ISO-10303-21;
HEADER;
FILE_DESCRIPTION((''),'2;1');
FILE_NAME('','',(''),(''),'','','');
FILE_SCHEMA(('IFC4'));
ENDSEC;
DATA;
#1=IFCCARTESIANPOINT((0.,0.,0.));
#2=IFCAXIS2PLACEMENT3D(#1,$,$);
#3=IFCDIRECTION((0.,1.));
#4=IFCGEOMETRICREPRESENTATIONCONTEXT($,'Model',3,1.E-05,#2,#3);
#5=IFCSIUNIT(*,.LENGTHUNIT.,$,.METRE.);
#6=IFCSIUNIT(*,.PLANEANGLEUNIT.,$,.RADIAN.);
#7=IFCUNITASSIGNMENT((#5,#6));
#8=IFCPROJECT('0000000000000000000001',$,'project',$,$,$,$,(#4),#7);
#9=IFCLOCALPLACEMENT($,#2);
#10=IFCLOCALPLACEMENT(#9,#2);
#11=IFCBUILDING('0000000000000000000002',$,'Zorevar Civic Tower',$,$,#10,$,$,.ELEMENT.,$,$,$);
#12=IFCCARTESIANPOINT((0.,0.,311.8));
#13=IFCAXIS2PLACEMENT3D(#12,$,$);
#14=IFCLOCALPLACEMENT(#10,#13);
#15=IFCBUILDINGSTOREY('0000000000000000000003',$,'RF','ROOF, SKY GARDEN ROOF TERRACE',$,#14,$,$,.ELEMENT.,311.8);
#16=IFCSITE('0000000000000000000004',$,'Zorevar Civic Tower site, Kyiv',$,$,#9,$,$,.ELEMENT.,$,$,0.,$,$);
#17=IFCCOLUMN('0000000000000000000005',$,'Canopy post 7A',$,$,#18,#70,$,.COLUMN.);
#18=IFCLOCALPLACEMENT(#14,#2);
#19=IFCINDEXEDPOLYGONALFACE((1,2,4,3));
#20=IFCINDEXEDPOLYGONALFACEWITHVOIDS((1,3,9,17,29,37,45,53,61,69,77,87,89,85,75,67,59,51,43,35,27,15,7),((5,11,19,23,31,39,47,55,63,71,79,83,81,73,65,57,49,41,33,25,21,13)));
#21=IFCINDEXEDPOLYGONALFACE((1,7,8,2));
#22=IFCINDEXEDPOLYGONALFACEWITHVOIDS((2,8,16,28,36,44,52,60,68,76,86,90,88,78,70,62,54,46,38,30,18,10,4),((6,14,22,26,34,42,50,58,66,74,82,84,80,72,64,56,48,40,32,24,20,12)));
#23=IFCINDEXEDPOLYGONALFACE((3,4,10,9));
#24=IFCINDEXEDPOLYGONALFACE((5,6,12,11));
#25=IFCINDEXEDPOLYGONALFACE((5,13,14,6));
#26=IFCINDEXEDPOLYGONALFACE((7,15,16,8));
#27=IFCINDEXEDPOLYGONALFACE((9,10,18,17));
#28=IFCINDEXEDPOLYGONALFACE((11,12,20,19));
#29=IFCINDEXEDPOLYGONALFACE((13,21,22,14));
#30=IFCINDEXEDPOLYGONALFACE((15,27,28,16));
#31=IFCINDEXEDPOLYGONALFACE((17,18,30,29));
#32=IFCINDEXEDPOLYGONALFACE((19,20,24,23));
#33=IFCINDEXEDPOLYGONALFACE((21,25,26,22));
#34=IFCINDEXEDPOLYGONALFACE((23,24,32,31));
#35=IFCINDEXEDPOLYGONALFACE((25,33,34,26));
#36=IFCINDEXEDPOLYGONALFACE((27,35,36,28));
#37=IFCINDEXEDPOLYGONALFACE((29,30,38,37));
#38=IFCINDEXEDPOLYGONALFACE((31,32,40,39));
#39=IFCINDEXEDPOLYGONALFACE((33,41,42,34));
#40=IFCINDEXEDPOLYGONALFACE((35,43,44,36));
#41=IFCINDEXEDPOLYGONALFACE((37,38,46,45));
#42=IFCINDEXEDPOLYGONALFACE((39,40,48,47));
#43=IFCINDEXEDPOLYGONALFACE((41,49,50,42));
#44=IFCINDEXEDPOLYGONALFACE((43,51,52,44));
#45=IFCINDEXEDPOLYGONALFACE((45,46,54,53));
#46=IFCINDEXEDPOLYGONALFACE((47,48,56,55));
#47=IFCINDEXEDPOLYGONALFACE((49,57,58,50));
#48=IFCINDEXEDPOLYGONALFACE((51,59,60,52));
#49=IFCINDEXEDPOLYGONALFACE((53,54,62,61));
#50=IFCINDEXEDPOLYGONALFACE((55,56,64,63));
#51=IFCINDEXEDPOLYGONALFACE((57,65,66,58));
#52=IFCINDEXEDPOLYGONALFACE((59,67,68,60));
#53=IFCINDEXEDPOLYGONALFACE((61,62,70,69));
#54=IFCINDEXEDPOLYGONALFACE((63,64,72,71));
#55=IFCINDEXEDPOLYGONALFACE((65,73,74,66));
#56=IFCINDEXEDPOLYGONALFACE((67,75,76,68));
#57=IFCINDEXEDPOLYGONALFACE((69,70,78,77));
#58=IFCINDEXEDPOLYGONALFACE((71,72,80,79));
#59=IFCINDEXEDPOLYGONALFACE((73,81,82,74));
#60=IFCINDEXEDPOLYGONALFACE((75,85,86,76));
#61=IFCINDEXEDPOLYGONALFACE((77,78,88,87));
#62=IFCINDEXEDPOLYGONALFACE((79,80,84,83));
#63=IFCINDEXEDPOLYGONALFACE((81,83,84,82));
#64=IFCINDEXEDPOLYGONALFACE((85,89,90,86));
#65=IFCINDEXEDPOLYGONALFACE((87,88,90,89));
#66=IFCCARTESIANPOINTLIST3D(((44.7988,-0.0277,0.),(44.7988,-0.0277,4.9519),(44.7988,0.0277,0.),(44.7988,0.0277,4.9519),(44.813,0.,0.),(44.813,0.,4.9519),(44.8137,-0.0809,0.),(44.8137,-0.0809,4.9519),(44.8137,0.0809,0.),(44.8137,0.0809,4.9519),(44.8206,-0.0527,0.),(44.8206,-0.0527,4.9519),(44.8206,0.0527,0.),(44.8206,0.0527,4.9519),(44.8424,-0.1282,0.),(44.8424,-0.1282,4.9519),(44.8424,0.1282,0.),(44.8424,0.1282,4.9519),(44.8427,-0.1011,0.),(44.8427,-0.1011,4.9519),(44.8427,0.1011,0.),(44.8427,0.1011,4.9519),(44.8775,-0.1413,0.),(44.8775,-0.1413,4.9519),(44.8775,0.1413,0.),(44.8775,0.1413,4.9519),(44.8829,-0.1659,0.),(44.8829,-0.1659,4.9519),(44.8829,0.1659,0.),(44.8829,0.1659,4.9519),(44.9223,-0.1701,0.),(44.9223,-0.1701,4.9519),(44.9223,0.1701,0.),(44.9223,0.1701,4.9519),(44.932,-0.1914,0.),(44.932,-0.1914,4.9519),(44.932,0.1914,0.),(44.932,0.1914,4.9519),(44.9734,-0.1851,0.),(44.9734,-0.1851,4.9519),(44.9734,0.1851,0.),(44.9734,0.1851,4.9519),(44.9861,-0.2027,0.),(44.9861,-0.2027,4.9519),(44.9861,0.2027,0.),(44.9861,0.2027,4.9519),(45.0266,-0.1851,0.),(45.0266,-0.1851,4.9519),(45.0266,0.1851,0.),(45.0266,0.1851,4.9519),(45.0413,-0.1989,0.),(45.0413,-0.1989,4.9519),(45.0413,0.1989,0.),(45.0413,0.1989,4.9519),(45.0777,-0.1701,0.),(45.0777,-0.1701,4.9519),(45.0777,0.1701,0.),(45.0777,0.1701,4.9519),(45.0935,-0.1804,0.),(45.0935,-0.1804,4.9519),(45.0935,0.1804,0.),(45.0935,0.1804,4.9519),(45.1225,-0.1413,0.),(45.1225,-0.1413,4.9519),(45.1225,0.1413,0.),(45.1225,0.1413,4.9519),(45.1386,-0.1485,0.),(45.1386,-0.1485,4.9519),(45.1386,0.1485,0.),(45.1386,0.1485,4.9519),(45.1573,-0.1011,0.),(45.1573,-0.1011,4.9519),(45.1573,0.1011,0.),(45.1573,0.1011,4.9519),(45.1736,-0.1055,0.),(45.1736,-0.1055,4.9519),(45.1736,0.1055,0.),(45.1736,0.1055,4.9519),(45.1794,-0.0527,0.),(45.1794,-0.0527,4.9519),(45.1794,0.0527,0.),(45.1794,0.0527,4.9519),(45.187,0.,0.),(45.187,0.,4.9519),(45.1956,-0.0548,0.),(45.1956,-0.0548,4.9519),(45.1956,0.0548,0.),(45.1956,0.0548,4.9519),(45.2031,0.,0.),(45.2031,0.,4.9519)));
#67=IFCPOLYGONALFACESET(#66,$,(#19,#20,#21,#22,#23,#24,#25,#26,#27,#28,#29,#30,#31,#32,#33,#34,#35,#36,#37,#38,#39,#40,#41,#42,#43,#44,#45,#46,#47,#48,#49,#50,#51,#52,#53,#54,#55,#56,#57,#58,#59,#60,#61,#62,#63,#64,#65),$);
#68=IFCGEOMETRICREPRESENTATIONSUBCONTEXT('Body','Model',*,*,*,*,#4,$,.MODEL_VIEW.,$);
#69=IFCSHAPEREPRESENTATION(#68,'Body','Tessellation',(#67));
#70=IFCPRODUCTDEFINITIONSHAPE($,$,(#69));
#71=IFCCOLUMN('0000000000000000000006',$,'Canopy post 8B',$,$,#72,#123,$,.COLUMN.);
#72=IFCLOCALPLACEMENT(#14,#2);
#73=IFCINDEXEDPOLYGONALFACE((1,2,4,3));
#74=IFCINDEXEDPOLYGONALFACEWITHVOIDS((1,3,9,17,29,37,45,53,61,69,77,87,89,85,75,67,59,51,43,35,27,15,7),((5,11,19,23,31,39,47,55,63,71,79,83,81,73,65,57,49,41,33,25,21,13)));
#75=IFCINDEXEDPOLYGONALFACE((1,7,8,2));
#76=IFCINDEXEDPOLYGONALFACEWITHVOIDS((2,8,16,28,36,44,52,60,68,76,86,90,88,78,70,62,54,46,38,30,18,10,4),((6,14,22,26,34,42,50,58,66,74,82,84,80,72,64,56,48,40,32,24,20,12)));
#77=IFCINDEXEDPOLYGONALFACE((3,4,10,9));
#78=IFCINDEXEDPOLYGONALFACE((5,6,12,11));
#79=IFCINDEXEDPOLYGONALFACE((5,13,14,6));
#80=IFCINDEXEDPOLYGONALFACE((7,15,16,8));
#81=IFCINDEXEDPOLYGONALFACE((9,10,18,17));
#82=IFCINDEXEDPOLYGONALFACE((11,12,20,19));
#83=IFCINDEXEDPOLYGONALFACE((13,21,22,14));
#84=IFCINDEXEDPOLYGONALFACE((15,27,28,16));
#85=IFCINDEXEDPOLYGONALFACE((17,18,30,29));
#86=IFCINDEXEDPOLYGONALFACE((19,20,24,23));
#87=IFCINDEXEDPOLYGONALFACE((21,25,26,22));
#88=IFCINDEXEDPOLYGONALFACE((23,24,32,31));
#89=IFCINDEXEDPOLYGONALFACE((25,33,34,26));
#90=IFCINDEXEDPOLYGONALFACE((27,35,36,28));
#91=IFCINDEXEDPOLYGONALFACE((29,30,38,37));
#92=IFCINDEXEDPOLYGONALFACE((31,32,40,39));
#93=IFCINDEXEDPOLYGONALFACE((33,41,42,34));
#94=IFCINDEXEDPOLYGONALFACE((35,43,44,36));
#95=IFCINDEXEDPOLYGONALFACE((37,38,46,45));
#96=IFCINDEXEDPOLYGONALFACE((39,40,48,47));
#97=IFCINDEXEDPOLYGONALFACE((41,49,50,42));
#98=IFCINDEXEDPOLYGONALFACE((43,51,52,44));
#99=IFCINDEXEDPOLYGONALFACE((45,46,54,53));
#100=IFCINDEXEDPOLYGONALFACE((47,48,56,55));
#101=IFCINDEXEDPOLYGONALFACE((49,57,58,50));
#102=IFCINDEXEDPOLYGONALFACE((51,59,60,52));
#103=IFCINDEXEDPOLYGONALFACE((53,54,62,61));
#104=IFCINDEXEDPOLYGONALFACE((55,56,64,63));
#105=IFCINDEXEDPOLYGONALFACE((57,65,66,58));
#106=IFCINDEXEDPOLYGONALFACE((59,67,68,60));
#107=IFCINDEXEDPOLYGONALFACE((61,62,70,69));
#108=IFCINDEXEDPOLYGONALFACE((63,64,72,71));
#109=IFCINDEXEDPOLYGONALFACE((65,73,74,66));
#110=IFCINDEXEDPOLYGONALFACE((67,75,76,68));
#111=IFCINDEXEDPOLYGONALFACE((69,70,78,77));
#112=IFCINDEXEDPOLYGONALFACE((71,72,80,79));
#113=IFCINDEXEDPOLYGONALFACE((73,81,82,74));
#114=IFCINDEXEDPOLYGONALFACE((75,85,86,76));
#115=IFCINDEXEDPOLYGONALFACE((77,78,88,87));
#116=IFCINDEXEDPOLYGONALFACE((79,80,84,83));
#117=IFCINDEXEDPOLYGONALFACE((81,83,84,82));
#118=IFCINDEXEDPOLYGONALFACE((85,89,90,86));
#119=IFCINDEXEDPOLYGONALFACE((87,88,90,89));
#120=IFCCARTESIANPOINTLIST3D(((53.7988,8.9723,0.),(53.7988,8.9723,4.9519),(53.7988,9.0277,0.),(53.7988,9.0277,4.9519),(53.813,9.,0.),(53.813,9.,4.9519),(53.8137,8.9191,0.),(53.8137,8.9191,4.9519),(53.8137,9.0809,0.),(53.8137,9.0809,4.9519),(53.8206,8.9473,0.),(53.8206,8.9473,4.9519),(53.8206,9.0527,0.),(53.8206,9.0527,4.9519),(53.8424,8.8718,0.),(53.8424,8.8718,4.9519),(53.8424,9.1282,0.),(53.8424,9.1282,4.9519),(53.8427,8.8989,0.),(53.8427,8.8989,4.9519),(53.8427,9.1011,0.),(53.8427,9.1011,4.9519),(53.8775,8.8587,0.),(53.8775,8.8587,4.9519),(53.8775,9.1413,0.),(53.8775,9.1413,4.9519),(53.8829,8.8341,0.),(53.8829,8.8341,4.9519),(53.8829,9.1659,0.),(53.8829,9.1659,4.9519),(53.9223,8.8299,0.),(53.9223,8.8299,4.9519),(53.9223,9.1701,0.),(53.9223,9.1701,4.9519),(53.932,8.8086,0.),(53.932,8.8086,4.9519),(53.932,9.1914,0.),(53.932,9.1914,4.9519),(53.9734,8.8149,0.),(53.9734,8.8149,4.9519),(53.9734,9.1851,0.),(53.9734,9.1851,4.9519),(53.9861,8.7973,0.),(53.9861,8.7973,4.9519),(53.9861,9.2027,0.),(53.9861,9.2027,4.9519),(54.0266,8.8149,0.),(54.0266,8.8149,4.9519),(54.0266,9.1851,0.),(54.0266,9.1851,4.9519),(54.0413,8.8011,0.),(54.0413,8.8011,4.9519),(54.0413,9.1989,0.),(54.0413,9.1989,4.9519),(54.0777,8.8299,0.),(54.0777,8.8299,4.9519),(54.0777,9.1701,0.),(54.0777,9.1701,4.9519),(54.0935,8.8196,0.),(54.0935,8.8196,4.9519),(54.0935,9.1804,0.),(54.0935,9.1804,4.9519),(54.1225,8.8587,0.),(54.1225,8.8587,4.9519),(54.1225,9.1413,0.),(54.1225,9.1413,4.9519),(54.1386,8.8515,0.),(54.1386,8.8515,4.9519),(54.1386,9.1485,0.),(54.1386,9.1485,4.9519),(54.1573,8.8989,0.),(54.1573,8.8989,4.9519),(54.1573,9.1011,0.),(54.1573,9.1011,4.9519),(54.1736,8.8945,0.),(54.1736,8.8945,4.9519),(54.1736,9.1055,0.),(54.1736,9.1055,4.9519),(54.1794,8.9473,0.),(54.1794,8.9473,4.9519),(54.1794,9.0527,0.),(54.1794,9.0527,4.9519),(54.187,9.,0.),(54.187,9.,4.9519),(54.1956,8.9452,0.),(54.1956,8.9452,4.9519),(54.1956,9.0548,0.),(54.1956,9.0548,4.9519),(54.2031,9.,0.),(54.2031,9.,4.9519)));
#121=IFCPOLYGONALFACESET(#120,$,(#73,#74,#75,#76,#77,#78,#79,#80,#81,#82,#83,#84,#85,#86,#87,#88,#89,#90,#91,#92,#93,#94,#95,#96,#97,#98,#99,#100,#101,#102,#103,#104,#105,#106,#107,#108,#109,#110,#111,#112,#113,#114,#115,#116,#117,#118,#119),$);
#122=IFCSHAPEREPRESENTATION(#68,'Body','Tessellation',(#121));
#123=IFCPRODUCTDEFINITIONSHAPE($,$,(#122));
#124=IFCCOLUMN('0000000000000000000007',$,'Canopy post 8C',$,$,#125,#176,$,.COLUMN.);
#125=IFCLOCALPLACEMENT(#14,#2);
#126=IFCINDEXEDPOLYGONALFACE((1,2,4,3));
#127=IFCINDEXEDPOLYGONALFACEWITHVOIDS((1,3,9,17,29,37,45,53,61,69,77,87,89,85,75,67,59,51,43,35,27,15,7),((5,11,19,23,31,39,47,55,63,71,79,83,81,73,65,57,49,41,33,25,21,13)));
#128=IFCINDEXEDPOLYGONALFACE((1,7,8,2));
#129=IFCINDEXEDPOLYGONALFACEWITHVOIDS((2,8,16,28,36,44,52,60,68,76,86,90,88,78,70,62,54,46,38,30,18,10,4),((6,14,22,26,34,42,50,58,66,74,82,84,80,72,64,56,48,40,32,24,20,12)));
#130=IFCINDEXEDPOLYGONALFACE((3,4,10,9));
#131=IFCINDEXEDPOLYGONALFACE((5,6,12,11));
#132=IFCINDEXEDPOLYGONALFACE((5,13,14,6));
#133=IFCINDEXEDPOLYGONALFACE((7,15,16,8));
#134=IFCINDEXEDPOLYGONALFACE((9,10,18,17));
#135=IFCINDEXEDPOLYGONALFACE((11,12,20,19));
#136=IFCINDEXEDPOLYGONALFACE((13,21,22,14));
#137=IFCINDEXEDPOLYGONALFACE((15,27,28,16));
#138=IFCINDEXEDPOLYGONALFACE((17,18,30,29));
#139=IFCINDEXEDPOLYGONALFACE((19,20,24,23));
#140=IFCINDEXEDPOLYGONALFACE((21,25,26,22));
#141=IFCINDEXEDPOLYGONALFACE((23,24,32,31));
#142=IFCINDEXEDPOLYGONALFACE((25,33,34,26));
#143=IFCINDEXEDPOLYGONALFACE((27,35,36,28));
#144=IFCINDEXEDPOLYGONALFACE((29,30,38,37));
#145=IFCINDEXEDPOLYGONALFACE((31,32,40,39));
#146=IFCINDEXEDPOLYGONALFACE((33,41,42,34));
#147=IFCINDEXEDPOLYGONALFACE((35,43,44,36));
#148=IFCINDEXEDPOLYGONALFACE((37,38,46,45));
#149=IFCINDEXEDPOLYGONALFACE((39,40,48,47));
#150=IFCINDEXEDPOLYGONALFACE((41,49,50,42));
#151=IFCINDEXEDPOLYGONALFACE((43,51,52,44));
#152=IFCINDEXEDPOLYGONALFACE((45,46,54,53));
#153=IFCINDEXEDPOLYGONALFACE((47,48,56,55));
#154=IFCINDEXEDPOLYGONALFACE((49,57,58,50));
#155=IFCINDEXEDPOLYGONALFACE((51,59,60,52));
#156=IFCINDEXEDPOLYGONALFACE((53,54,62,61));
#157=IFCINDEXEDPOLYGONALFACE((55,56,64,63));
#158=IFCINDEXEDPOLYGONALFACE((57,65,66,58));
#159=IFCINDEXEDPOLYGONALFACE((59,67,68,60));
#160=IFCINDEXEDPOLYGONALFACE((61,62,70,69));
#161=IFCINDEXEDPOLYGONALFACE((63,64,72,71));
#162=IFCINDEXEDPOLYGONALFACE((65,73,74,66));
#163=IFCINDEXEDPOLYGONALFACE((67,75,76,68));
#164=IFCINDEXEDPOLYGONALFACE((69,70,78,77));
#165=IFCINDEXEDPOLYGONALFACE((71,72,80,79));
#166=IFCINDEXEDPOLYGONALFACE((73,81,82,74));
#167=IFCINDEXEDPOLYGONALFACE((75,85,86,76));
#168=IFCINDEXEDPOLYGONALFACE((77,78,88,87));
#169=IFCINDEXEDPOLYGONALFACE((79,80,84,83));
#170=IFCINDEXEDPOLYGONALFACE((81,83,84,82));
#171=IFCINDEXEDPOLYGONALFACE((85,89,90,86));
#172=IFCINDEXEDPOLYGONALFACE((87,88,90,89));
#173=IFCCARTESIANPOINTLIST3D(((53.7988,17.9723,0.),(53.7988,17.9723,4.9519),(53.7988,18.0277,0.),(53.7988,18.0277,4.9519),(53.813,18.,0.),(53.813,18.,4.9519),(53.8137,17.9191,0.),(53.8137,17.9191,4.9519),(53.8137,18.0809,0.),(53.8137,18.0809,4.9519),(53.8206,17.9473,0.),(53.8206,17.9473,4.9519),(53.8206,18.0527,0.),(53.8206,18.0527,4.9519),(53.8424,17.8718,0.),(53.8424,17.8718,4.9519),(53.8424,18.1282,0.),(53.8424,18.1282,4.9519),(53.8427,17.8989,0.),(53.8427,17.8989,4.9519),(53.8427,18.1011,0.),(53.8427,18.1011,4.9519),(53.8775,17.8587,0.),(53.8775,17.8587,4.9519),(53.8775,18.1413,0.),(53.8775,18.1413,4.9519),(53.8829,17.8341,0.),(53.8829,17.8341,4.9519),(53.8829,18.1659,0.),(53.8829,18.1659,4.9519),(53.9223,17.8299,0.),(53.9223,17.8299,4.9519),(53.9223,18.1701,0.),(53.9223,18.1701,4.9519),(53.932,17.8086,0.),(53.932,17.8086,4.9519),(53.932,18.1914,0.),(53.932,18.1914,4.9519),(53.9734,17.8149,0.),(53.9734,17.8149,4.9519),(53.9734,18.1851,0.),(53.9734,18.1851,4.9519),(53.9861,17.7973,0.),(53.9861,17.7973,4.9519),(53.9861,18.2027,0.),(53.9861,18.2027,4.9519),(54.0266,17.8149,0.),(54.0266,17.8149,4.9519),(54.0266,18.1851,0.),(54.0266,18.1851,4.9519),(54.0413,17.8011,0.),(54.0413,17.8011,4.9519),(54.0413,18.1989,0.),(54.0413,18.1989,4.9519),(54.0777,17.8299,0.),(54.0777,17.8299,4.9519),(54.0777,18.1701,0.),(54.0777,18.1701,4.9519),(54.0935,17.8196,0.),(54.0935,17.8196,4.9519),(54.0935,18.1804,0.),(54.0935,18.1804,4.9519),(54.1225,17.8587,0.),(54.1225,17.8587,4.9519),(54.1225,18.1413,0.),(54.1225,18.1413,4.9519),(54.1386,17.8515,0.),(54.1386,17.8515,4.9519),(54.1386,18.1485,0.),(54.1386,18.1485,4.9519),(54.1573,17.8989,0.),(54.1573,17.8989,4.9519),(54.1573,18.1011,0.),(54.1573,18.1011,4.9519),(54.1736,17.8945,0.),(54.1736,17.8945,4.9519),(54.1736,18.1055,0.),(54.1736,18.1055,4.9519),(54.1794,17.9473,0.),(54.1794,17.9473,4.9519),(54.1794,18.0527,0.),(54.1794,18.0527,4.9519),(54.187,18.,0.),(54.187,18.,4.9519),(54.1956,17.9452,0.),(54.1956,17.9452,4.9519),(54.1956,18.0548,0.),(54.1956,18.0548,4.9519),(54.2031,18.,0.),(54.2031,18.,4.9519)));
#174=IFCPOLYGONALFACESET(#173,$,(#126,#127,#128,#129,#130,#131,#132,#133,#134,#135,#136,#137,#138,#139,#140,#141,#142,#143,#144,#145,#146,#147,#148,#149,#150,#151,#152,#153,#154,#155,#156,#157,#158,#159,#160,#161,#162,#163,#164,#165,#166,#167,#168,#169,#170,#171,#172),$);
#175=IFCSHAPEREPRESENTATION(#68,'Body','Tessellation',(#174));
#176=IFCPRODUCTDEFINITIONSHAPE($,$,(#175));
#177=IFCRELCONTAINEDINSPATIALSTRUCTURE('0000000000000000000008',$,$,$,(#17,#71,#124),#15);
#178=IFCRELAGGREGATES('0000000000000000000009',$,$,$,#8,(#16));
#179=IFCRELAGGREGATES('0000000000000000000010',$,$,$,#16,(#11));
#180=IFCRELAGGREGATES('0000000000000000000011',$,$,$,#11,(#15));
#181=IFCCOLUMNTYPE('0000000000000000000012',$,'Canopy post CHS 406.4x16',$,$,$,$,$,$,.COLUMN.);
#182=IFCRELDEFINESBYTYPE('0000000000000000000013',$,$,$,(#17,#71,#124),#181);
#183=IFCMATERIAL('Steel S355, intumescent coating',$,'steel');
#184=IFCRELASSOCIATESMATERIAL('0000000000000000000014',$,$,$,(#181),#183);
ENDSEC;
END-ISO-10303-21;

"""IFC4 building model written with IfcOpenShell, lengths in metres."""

from ifc_helpers import new_model, si_unit, direction, frame, origin, origin_2d, place, context, subcontext, project, spatial, hollow_circle, extrude, material, material_profile, profile_set, type_object, element, save


model = new_model("IFC4")

# Units and contexts
model_context = context("Model", 3, precision=1e-05, world=origin(), true_north=direction((0.0, 1.0)))
body_context = subcontext(model_context, "Body", "Model", "MODEL_VIEW")
ifc_project = project(units=[si_unit("LENGTHUNIT", "METRE"), si_unit("PLANEANGLEUNIT", "RADIAN")], contexts=[model_context])

# Site, building, storey
site_placement = place(None, origin())
site = spatial("IfcSite", under=ifc_project, at=site_placement, Name="Zorevar Civic Tower site, Kyiv", CompositionType="ELEMENT", RefElevation=0.0)
building_placement = place(site_placement, origin())
building = spatial("IfcBuilding", under=site, at=building_placement, Name="Zorevar Civic Tower", CompositionType="ELEMENT")
storey_placement = place(building_placement, frame((0.0, 0.0, 311.8)))
storey = spatial("IfcBuildingStorey", under=building, at=storey_placement, Name="RF", Description="ROOF, SKY GARDEN ROOF TERRACE", CompositionType="ELEMENT", Elevation=311.8)

# Columns
ifc_material_1 = material(Name="Steel S355, intumescent coating", Category="steel")
ifc_material_profile_1 = material_profile(ifc_material_1, hollow_circle(Radius=0.2031, WallThickness=0.0161, at=origin_2d()), Name="CHS 406.4x16")
ifc_profile_set_1 = profile_set([ifc_material_profile_1], Name="Steel S355, intumescent coating")
column_type_1 = type_object("IfcColumnType", Name="Canopy post CHS 406.4x16", PredefinedType="COLUMN", material=ifc_profile_set_1)
for number, where, z_axis, x_axis, name in (
    (1, (45.0, 0.0, 0.0), (0.0, 0.0, 1.0), (1.0, 0.0, 0.0), "Canopy post 7A"),
    (2, (54.0, 9.0, 0.0), (0.0, 0.0, 1.0), (1.0, 0.0, 0.0), "Canopy post 8B"),
    (3, (54.0, 18.0, 0.0), (0.0, 0.0, 1.0), (1.0, 0.0, 0.0), "Canopy post 8C"),
):
    element("IfcColumn", number, at=place(storey_placement, frame(where, z_axis=z_axis, x_axis=x_axis)), inside=storey, type_object=column_type_1, Name=name, PredefinedType="COLUMN", context=body_context, shape_type="SweptSolid", body=[
        extrude(hollow_circle(Radius=0.2031, WallThickness=0.0161, at=origin_2d()), origin(), (0.0, 0.0, 1.0), 4.9519),
    ])

save(model, "model.ifc")
